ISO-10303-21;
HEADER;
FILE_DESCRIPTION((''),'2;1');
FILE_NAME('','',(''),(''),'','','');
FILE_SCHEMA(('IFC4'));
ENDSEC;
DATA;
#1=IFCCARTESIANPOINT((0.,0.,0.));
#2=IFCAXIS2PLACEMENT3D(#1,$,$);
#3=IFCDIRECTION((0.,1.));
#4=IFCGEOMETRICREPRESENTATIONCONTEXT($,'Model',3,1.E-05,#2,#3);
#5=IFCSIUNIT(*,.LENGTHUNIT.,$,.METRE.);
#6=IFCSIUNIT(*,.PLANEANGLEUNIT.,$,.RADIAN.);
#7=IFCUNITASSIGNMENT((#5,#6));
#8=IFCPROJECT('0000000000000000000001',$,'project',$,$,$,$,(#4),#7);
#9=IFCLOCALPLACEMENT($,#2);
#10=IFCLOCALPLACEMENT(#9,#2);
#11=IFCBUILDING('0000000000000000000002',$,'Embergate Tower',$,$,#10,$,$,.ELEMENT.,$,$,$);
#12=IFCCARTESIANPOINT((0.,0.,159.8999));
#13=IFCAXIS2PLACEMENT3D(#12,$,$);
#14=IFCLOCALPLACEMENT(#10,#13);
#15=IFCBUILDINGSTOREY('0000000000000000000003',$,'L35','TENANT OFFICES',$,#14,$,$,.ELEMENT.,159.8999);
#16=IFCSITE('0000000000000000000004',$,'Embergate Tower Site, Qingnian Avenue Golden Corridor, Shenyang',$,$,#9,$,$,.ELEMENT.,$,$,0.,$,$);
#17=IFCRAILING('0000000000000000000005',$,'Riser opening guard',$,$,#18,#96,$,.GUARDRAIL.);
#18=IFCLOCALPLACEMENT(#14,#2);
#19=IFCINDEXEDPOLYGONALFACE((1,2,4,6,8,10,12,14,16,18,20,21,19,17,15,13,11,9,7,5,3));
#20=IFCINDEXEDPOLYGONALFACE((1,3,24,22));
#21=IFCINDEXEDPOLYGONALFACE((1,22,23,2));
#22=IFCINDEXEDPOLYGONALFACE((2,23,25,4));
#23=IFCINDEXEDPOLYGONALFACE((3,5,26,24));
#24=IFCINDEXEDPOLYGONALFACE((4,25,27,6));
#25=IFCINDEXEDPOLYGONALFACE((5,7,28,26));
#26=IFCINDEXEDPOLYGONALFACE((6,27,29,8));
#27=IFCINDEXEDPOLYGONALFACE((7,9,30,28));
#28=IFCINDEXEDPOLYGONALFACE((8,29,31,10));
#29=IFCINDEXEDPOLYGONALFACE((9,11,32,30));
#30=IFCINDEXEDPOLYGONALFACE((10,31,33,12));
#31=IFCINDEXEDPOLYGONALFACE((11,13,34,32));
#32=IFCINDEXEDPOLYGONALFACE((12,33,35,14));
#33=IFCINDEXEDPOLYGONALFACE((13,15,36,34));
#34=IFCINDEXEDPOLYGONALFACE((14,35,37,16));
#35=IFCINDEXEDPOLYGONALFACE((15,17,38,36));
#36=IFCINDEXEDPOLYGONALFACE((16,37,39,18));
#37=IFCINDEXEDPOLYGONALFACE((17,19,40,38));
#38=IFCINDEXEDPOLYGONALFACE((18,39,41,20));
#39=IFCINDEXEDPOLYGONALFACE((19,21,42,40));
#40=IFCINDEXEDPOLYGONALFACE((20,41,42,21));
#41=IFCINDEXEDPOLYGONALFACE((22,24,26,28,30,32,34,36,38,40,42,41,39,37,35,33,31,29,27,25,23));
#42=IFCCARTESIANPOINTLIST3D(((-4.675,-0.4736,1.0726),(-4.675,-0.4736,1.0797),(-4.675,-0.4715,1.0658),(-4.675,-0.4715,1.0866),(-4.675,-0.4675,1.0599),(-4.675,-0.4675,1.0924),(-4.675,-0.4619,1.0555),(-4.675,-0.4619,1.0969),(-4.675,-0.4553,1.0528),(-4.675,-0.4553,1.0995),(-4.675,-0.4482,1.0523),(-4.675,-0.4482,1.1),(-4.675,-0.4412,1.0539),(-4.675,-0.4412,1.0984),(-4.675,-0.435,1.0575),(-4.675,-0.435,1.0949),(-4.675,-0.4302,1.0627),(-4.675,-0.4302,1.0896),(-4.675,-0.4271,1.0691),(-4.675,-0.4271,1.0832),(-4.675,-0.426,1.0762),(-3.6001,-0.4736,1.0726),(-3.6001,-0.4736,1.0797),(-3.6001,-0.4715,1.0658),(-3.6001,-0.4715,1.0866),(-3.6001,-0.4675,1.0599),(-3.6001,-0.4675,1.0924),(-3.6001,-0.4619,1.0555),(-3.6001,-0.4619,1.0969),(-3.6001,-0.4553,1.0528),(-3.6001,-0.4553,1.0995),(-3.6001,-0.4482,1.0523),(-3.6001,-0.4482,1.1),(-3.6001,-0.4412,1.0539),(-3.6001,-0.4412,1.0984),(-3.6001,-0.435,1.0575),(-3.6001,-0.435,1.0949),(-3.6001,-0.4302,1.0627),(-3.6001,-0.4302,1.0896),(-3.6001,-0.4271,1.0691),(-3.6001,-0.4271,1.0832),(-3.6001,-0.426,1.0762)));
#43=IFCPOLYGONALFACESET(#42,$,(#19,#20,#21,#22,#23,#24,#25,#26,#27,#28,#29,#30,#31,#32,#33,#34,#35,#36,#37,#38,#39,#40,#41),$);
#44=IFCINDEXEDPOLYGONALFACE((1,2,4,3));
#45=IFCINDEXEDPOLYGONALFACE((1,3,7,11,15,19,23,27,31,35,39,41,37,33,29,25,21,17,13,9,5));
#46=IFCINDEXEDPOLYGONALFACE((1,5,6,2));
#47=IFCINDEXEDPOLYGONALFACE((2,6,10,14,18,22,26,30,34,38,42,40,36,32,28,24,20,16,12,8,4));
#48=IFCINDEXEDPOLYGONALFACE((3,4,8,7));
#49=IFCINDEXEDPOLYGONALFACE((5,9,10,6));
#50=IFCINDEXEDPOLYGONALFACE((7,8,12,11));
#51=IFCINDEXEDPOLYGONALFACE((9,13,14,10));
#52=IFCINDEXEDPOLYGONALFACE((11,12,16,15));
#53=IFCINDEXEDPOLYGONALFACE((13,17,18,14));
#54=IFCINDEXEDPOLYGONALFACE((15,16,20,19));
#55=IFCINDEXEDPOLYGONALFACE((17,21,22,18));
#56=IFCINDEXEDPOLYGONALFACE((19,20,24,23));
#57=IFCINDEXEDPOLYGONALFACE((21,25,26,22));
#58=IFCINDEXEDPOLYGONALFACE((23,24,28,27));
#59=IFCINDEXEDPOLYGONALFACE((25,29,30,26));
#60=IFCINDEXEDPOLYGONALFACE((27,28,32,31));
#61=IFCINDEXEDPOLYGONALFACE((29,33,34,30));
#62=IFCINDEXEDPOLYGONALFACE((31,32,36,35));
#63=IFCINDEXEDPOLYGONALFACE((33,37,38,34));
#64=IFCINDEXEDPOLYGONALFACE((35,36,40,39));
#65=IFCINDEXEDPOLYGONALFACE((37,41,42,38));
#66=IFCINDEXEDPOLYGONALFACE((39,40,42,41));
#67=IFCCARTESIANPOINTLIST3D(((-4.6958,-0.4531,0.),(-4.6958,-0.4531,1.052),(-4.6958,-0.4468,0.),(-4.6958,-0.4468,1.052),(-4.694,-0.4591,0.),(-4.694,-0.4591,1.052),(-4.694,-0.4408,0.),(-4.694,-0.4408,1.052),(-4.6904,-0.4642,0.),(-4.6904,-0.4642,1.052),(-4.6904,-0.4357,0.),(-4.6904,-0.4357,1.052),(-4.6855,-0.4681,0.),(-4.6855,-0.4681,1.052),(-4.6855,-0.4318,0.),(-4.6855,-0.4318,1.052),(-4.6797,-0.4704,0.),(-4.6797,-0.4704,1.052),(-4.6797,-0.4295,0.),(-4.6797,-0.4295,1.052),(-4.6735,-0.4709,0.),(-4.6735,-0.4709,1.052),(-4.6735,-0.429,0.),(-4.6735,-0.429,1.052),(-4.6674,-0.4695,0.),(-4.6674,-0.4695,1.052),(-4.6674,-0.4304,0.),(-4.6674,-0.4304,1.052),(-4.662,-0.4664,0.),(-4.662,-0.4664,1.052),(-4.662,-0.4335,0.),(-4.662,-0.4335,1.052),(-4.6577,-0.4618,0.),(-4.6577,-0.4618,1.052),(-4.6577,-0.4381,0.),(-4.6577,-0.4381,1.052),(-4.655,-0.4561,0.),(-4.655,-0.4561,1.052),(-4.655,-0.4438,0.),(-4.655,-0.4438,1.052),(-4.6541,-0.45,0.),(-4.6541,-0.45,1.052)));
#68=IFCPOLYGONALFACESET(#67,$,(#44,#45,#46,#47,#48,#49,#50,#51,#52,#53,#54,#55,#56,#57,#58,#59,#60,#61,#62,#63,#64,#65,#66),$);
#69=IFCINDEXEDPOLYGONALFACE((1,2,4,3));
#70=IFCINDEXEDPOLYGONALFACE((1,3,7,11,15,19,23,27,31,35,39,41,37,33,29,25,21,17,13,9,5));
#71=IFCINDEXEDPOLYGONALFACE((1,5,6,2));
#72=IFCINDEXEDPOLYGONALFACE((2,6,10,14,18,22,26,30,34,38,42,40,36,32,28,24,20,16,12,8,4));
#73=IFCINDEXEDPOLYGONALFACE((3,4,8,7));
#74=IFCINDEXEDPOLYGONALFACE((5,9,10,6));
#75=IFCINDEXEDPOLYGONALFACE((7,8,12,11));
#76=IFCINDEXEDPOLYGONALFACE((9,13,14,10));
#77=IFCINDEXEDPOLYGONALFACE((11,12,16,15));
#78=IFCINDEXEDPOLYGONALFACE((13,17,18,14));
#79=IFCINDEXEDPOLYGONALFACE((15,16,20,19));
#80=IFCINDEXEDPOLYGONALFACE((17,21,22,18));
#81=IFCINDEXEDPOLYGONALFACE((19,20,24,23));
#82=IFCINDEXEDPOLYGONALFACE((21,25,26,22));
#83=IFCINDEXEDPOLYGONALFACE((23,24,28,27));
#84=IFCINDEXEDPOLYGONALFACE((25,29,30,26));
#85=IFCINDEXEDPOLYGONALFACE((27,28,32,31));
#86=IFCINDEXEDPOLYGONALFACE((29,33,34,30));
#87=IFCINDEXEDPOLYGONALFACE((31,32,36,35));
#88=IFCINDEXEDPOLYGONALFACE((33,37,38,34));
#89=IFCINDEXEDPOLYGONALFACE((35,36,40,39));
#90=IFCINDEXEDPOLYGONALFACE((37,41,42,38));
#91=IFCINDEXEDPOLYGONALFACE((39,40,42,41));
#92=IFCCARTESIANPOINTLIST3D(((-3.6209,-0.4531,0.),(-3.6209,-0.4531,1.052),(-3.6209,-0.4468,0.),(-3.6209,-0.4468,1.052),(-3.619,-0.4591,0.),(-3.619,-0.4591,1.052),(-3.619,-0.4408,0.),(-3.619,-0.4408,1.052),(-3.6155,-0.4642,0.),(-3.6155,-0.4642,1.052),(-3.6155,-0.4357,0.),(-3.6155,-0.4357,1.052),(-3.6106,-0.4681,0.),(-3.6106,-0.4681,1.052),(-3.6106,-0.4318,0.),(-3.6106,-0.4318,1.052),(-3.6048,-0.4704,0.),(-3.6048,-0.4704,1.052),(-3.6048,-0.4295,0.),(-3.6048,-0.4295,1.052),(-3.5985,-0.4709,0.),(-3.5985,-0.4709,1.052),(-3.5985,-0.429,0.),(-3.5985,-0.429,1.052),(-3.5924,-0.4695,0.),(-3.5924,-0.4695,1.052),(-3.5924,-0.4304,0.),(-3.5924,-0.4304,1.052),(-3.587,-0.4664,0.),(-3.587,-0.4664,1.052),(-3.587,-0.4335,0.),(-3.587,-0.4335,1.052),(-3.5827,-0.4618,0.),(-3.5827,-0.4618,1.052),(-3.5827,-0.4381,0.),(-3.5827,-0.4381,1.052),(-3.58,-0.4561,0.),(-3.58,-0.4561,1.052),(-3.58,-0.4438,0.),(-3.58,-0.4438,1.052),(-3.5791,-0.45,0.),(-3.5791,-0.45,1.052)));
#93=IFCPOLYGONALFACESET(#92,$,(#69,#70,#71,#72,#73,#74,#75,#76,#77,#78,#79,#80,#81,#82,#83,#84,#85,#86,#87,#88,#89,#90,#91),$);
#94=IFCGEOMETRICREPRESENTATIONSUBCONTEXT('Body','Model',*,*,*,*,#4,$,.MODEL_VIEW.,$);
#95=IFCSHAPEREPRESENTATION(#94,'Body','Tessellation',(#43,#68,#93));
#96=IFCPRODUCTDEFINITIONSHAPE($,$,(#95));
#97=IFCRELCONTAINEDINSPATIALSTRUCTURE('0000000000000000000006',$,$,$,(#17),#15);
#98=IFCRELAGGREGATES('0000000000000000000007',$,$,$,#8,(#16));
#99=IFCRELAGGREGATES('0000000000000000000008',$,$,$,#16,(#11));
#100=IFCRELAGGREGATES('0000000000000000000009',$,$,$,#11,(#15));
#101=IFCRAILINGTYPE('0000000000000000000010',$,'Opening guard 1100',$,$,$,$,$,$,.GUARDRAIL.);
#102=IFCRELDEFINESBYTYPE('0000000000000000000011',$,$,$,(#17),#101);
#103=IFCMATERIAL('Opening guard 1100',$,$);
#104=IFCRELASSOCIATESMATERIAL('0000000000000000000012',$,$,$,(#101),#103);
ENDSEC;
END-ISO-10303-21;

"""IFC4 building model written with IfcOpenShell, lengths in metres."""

from ifc_helpers import new_model, si_unit, direction, frame, origin, origin_2d, place, context, subcontext, project, spatial, circle, extrude, source, transform, mapped, material, type_object, element, save


model = new_model("IFC4")

# Units and contexts
model_context = context("Model", 3, precision=1e-05, world=origin(), true_north=direction((0.0, 1.0)))
body_context = subcontext(model_context, "Body", "Model", "MODEL_VIEW")
ifc_project = project(units=[si_unit("LENGTHUNIT", "METRE"), si_unit("PLANEANGLEUNIT", "RADIAN")], contexts=[model_context])

# Site, building, storey
site_placement = place(None, origin())
site = spatial("IfcSite", under=ifc_project, at=site_placement, Name="Embergate Tower Site, Qingnian Avenue Golden Corridor, Shenyang", CompositionType="ELEMENT", RefElevation=0.0)
building_placement = place(site_placement, origin())
building = spatial("IfcBuilding", under=site, at=building_placement, Name="Embergate Tower", CompositionType="ELEMENT")
storey_placement = place(building_placement, frame((0.0, 0.0, 159.8999)))
storey = spatial("IfcBuildingStorey", under=building, at=storey_placement, Name="L35", Description="TENANT OFFICES", CompositionType="ELEMENT", Elevation=159.8999)

# Railing
ifc_material_1 = material(Name="Opening guard 1100")
railing_type = type_object("IfcRailingType", Name="Opening guard 1100", PredefinedType="GUARDRAIL", material=ifc_material_1)
shared_shape_1 = source(origin(), body_context, "Body", "SweptSolid", [
    extrude(circle(Radius=0.0239, at=origin_2d()), frame((0.0, 0.0, 1.0762), z_axis=(1.0, 0.0, 0.0), x_axis=(0.0, 1.0, 0.0)), (0.0, 0.0, 1.0), 1.075),
    extrude(circle(Radius=0.021, at=origin_2d()), origin(), (0.0, 0.0, 1.0), 1.052),
    extrude(circle(Radius=0.021, at=origin_2d()), frame((1.075, 0.0, 0.0)), (0.0, 0.0, 1.0), 1.052),
])
railing_placement = place(storey_placement, frame((-4.675, -0.45, 0.0)))
element("IfcRailing", 1, at=railing_placement, inside=storey, type_object=railing_type, Name="Riser opening guard", PredefinedType="GUARDRAIL", context=body_context, shape_type="MappedRepresentation", body=[
    mapped(shared_shape_1, transform((0.0, 0.0, 0.0))),
])

save(model, "model.ifc")
